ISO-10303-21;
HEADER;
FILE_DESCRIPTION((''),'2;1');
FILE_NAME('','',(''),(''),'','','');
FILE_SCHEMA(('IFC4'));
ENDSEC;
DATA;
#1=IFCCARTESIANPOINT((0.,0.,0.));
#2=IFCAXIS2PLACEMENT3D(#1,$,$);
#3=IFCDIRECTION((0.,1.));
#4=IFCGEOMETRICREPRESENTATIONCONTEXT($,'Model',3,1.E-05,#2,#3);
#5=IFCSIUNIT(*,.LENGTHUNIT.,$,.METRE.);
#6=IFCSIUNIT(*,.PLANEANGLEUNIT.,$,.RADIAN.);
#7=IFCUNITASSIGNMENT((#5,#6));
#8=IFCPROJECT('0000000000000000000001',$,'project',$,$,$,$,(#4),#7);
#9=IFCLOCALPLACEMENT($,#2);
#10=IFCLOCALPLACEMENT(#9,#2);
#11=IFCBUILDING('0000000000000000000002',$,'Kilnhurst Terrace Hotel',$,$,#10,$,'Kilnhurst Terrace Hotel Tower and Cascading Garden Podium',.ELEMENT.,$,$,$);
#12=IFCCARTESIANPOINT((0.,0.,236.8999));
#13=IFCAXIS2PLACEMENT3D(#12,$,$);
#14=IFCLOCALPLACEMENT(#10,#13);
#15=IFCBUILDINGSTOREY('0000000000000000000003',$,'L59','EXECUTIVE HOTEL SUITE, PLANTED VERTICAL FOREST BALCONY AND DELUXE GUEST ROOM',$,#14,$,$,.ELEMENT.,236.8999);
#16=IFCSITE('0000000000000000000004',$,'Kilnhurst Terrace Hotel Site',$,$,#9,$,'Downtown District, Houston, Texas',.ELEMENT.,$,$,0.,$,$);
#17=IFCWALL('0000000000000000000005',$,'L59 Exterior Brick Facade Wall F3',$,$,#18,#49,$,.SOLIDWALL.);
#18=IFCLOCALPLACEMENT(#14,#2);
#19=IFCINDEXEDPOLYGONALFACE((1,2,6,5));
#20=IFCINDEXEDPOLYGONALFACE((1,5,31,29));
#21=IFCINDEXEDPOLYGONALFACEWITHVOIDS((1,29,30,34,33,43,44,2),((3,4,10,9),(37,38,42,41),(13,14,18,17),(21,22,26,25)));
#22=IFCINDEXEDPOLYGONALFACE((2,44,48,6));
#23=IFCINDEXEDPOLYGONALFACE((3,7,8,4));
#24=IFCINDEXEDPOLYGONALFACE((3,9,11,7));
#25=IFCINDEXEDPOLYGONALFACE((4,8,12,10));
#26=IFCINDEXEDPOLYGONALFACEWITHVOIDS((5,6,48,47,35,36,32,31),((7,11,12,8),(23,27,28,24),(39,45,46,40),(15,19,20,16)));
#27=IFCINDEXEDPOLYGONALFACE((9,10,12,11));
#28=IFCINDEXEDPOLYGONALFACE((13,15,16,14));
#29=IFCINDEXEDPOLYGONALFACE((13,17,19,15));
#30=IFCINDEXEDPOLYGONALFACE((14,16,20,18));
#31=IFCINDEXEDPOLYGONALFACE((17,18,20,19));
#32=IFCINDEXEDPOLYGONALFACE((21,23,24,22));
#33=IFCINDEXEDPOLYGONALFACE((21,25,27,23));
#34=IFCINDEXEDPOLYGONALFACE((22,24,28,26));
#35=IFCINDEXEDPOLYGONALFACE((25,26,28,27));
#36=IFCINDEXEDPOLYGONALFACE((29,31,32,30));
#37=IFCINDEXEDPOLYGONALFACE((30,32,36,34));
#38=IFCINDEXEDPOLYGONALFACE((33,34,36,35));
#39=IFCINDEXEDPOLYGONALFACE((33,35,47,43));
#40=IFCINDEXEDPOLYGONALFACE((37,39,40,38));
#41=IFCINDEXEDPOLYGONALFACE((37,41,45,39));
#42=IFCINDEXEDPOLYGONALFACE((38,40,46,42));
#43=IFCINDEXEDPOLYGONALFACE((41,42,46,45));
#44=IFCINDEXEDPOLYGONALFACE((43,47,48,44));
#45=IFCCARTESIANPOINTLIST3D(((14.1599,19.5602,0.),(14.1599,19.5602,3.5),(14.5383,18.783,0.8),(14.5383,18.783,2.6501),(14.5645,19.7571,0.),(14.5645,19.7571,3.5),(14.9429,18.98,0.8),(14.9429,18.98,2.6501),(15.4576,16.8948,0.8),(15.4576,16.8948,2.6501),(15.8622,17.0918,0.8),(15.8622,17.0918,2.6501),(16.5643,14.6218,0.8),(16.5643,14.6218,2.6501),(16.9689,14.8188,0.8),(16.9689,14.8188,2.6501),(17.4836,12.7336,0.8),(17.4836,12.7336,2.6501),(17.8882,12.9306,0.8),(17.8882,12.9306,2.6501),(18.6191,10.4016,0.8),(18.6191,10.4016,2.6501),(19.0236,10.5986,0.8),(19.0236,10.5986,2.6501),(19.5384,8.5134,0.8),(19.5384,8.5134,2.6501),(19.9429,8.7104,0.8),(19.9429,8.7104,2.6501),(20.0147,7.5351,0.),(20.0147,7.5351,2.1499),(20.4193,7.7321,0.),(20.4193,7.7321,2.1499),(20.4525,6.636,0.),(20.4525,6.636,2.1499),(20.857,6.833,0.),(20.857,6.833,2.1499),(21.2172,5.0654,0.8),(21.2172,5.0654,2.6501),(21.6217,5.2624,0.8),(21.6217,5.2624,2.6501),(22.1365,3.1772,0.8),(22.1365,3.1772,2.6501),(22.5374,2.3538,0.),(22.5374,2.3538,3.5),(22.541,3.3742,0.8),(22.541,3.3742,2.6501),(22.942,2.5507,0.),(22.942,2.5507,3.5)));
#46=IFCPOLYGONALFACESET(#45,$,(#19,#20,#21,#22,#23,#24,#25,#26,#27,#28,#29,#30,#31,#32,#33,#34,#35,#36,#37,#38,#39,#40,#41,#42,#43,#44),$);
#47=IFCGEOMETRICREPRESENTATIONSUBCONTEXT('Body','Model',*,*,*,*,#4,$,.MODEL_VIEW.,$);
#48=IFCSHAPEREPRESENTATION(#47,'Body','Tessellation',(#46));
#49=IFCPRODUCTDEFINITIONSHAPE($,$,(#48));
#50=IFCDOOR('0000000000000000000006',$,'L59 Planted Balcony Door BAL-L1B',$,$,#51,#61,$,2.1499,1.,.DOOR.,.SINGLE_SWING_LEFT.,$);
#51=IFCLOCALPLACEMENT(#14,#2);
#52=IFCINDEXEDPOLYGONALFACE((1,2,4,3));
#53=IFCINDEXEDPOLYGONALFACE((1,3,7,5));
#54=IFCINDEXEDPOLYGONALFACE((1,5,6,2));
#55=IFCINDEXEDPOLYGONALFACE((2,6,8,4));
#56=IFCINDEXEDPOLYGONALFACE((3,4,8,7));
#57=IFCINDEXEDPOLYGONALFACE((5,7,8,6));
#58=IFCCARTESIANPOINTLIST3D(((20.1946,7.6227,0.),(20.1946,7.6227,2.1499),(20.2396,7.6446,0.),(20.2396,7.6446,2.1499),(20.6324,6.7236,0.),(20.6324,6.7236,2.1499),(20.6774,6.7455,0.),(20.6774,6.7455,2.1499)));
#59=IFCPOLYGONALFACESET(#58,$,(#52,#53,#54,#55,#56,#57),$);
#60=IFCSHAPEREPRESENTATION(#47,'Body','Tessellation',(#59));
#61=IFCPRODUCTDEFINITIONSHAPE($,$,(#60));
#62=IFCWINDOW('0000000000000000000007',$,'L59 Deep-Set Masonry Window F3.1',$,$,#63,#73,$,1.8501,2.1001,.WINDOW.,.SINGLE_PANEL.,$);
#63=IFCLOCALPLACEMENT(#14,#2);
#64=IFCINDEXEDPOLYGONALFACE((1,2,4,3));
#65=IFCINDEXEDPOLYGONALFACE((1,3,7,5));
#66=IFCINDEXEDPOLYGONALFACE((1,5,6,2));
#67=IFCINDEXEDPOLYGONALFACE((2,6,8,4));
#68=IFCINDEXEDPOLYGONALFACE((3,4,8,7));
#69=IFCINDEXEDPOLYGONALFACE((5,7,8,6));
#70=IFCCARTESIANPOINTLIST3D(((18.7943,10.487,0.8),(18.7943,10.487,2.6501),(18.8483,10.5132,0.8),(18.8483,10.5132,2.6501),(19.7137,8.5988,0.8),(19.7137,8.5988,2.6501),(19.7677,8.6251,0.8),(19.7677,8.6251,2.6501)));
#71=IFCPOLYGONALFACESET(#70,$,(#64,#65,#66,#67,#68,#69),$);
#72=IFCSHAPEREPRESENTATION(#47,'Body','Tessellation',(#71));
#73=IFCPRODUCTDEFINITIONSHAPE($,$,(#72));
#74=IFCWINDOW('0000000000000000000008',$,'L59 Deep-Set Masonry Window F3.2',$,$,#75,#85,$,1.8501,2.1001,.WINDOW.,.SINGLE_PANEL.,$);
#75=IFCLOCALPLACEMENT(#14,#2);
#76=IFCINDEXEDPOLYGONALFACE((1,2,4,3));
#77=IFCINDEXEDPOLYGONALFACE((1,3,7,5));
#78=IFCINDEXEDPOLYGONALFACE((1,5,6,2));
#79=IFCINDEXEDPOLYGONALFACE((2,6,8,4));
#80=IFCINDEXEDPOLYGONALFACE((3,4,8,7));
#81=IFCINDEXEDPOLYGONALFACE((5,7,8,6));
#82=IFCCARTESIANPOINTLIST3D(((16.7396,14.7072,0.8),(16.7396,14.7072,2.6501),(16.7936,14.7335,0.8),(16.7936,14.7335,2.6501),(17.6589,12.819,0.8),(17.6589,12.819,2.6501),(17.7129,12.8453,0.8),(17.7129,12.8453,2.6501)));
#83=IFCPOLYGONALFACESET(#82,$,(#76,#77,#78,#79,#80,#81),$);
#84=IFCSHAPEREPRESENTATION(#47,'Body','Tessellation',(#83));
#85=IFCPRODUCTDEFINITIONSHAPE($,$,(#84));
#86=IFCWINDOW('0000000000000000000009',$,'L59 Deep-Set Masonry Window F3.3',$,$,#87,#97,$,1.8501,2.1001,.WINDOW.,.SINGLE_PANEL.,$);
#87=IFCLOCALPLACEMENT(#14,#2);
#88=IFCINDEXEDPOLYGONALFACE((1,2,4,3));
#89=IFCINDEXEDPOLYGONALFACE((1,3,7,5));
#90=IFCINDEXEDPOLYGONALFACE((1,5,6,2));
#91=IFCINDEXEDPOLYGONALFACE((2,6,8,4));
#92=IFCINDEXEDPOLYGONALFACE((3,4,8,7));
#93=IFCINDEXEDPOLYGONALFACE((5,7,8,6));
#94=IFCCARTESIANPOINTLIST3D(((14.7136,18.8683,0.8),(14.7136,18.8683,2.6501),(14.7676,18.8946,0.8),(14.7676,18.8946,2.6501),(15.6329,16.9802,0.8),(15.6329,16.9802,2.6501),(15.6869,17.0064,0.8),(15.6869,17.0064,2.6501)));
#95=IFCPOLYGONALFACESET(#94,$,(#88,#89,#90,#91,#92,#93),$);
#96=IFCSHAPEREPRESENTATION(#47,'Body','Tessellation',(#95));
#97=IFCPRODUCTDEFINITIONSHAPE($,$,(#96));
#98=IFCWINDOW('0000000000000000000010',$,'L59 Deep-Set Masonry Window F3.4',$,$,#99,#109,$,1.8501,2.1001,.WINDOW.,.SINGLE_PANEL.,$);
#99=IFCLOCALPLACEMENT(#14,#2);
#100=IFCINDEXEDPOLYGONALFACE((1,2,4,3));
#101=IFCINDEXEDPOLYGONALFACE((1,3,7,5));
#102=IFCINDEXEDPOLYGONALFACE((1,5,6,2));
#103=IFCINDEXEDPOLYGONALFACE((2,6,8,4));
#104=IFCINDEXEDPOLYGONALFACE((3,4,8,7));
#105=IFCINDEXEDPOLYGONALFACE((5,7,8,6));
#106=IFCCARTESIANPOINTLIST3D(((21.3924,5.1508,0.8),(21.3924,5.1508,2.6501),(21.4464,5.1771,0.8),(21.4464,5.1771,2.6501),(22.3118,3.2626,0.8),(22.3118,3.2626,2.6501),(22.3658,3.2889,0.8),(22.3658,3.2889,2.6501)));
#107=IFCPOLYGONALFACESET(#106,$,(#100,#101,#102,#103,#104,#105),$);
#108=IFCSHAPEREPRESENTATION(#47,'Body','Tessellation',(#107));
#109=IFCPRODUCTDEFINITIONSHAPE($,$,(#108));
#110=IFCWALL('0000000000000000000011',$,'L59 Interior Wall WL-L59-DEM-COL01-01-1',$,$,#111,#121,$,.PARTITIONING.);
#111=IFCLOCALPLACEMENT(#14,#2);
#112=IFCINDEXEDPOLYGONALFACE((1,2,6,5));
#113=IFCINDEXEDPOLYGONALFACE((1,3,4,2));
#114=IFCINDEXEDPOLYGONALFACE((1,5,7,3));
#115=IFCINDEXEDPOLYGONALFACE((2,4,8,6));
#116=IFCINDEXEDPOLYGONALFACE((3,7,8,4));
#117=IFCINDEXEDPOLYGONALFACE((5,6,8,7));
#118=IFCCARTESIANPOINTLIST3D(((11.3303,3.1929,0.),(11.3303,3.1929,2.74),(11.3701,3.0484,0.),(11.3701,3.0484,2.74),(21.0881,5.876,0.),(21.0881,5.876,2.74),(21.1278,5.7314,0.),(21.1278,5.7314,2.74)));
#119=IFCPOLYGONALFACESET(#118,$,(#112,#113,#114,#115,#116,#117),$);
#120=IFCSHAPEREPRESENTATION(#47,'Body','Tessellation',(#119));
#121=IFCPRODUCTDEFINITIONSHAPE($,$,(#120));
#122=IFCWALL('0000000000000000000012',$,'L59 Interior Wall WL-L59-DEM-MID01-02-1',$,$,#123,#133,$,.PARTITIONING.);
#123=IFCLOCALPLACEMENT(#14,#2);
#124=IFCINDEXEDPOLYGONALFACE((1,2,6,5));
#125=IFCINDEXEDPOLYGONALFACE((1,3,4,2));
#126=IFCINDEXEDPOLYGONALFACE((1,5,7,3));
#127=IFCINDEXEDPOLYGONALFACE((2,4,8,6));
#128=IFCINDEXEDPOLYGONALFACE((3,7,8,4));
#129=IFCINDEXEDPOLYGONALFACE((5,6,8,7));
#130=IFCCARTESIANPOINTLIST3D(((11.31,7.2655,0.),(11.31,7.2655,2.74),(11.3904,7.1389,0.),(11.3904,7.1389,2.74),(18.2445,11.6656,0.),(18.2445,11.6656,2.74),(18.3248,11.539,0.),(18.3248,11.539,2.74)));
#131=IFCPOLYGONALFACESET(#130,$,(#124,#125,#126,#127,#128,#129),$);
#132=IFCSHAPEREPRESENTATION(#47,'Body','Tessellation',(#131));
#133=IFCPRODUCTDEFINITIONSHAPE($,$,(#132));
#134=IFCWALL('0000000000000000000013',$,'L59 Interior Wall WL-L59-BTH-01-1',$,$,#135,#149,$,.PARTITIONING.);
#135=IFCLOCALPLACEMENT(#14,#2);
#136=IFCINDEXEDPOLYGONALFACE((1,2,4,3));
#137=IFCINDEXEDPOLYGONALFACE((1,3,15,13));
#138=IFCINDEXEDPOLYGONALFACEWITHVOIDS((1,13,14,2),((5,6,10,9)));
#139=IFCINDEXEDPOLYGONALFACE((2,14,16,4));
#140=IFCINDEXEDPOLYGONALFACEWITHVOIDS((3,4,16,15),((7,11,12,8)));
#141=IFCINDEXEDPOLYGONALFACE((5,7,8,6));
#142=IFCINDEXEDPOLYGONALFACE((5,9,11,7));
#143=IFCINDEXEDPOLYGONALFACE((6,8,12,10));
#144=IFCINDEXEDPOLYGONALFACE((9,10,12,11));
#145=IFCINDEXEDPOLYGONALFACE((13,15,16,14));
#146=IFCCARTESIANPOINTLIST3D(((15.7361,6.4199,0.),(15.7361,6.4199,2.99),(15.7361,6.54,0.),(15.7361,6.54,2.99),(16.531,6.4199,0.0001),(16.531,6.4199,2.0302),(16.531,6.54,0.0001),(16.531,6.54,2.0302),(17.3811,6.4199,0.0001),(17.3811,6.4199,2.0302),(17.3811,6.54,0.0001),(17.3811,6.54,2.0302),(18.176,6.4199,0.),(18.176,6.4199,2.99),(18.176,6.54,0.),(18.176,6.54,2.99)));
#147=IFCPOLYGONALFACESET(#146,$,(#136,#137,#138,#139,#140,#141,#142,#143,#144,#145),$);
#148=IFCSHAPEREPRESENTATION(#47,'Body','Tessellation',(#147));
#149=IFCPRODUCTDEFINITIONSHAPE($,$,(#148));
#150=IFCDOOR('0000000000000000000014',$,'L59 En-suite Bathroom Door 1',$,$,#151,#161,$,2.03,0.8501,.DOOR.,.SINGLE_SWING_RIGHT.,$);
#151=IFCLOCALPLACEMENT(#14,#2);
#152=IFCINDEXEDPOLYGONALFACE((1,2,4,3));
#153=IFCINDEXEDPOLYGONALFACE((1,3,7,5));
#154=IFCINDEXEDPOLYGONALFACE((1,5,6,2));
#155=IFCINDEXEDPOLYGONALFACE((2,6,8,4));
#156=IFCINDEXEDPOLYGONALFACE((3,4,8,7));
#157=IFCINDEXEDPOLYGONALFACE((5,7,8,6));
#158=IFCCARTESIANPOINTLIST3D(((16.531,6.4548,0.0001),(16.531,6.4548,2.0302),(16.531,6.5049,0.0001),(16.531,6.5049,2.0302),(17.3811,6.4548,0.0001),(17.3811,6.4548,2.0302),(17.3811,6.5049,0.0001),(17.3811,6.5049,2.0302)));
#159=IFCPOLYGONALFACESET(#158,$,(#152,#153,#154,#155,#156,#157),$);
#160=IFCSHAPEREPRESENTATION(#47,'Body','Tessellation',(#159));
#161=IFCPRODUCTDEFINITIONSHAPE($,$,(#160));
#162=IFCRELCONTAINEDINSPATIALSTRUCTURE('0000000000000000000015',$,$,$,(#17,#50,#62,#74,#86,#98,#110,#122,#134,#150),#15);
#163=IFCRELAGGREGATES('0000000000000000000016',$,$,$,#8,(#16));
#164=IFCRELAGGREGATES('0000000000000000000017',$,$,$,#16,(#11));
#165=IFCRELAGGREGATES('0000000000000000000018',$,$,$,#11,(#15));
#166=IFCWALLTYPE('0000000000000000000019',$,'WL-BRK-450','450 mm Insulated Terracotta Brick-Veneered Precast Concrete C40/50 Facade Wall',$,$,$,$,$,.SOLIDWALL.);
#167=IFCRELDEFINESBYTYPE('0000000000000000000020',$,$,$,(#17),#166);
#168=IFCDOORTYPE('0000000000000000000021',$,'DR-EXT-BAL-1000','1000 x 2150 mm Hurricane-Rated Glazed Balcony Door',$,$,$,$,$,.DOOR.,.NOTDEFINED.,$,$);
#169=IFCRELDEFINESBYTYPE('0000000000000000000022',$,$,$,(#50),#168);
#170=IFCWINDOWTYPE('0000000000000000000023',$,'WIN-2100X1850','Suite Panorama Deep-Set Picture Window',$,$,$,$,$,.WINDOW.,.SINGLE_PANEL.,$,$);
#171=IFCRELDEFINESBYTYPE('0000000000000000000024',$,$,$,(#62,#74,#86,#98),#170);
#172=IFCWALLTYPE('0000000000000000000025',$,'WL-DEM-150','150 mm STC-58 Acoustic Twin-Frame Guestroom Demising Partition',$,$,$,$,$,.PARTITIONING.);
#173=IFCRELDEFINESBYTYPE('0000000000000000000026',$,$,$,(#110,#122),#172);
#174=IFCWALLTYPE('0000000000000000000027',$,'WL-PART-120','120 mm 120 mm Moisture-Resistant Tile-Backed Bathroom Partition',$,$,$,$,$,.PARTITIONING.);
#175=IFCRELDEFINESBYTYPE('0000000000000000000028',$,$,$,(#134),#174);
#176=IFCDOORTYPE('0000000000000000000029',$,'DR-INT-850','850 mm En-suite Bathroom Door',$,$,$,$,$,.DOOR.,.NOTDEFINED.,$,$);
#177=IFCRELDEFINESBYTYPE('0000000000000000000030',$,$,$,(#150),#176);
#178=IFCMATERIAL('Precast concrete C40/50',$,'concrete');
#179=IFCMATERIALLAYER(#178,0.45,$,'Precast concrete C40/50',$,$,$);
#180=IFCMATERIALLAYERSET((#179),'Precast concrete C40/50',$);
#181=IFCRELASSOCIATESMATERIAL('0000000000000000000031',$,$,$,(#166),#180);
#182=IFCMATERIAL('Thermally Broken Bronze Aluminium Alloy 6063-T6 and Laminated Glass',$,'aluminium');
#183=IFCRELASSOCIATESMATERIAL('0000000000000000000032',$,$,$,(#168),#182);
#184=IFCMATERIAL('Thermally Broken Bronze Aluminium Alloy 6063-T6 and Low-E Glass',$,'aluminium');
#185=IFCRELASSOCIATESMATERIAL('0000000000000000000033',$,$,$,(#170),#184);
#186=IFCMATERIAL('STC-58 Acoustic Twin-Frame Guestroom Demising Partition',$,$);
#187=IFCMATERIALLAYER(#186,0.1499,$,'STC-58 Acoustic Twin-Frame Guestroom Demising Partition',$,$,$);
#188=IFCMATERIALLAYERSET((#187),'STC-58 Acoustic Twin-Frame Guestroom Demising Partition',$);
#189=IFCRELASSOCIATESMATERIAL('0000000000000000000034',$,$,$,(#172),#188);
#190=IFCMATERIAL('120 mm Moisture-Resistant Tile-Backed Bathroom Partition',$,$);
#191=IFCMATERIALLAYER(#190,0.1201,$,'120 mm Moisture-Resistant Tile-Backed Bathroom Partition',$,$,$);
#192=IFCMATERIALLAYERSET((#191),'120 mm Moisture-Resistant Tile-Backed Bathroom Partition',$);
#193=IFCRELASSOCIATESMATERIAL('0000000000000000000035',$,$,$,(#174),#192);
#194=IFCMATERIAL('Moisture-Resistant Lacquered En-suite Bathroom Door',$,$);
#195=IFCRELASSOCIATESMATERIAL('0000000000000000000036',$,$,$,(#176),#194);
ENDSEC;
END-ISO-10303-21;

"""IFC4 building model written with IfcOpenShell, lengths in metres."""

from ifc_helpers import new_model, si_unit, direction, frame, frame_2d, origin, place, context, subcontext, project, spatial, rectangle, extrude, material, layer, layer_set, type_object, element, fill, save


model = new_model("IFC4")

# Units and contexts
model_context = context("Model", 3, precision=1e-05, world=origin(), true_north=direction((0.0, 1.0)))
body_context = subcontext(model_context, "Body", "Model", "MODEL_VIEW")
ifc_project = project(units=[si_unit("LENGTHUNIT", "METRE"), si_unit("PLANEANGLEUNIT", "RADIAN")], contexts=[model_context])

# Site, building, storey
site_placement = place(None, origin())
site = spatial("IfcSite", under=ifc_project, at=site_placement, Name="Kilnhurst Terrace Hotel Site", LongName="Downtown District, Houston, Texas", CompositionType="ELEMENT", RefElevation=0.0)
building_placement = place(site_placement, origin())
building = spatial("IfcBuilding", under=site, at=building_placement, Name="Kilnhurst Terrace Hotel", LongName="Kilnhurst Terrace Hotel Tower and Cascading Garden Podium", CompositionType="ELEMENT")
storey_placement = place(building_placement, frame((0.0, 0.0, 236.8999)))
storey = spatial("IfcBuildingStorey", under=building, at=storey_placement, Name="L59", Description="EXECUTIVE HOTEL SUITE, PLANTED VERTICAL FOREST BALCONY AND DELUXE GUEST ROOM", CompositionType="ELEMENT", Elevation=236.8999)

# Shared definitions
ifc_material_1 = material(Name="Precast concrete C40/50", Category="concrete")
ifc_layer_1 = layer(ifc_material_1, 0.45, Name="Precast concrete C40/50")
ifc_layer_set_1 = layer_set([ifc_layer_1], Name="Precast concrete C40/50")
wall_type_1 = type_object("IfcWallType", Name="WL-BRK-450", Description="450 mm Insulated Terracotta Brick-Veneered Precast Concrete C40/50 Facade Wall", PredefinedType="SOLIDWALL", material=ifc_layer_set_1)

# Wall, openings, door, windows
wall_1_placement = place(storey_placement, frame((22.7397, 2.4521, 0.0), z_axis=(0.0, 0.0, 1.0), x_axis=(-0.437753, 0.899095, 0.0)))
wall_1 = element("IfcWall", 1, at=wall_1_placement, inside=storey, type_object=wall_type_1, Name="L59 Exterior Brick Facade Wall F3", PredefinedType="SOLIDWALL", context=body_context, shape_type="SweptSolid", body=[
    extrude(rectangle(XDim=19.1375, YDim=0.45, at=frame_2d((9.5688, 0.0))), origin(), (0.0, 0.0, 1.0), 3.5),
])
opening_1_placement = place(wall_1_placement, frame((4.7629, 0.0, 0.0)))
opening_1 = element("IfcOpeningElement", 2, at=opening_1_placement, cuts=wall_1, PredefinedType="OPENING", context=body_context, shape_type="SweptSolid", body=[
    extrude(rectangle(XDim=1.0, YDim=2.1499, at=frame_2d((0.5, 1.075))), frame((0.0, 0.2349, 0.0), z_axis=(0.0, -1.0, 0.0), x_axis=(1.0, 0.0, 0.0)), (0.0, 0.0, 1.0), 0.47),
])
opening_2_placement = place(wall_1_placement, frame((6.8511, 0.0, 0.8)))
opening_2 = element("IfcOpeningElement", 3, at=opening_2_placement, cuts=wall_1, PredefinedType="OPENING", context=body_context, shape_type="SweptSolid", body=[
    extrude(rectangle(XDim=2.1001, YDim=1.8501, at=frame_2d((1.05, 0.925))), frame((0.0, 0.2349, 0.0), z_axis=(0.0, -1.0, 0.0), x_axis=(1.0, 0.0, 0.0)), (0.0, 0.0, 1.0), 0.47),
])
opening_3_placement = place(wall_1_placement, frame((11.5449, 0.0, 0.8)))
opening_3 = element("IfcOpeningElement", 4, at=opening_3_placement, cuts=wall_1, PredefinedType="OPENING", context=body_context, shape_type="SweptSolid", body=[
    extrude(rectangle(XDim=2.1001, YDim=1.8501, at=frame_2d((1.05, 0.925))), frame((0.0, 0.2349, 0.0), z_axis=(0.0, -1.0, 0.0), x_axis=(1.0, 0.0, 0.0)), (0.0, 0.0, 1.0), 0.47),
])
opening_4_placement = place(wall_1_placement, frame((16.1731, 0.0, 0.8)))
opening_4 = element("IfcOpeningElement", 5, at=opening_4_placement, cuts=wall_1, PredefinedType="OPENING", context=body_context, shape_type="SweptSolid", body=[
    extrude(rectangle(XDim=2.1001, YDim=1.8501, at=frame_2d((1.05, 0.925))), frame((0.0, 0.2349, 0.0), z_axis=(0.0, -1.0, 0.0), x_axis=(1.0, 0.0, 0.0)), (0.0, 0.0, 1.0), 0.47),
])
opening_5_placement = place(wall_1_placement, frame((0.916, 0.0, 0.8)))
opening_5 = element("IfcOpeningElement", 6, at=opening_5_placement, cuts=wall_1, PredefinedType="OPENING", context=body_context, shape_type="SweptSolid", body=[
    extrude(rectangle(XDim=2.1001, YDim=1.8501, at=frame_2d((1.05, 0.925))), frame((0.0, 0.2349, 0.0), z_axis=(0.0, -1.0, 0.0), x_axis=(1.0, 0.0, 0.0)), (0.0, 0.0, 1.0), 0.47),
])
ifc_material_2 = material(Name="Thermally Broken Bronze Aluminium Alloy 6063-T6 and Laminated Glass", Category="aluminium")
door_type_1 = type_object("IfcDoorType", Name="DR-EXT-BAL-1000", Description="1000 x 2150 mm Hurricane-Rated Glazed Balcony Door", OperationType="NOTDEFINED", PredefinedType="DOOR", material=ifc_material_2)
door_1_placement = place(opening_1_placement, origin())
door_1 = element("IfcDoor", 7, at=door_1_placement, inside=storey, type_object=door_type_1, Name="L59 Planted Balcony Door BAL-L1B", OperationType="SINGLE_SWING_LEFT", OverallHeight=2.1499, OverallWidth=1.0, PredefinedType="DOOR", context=body_context, shape_type="SweptSolid", body=[
    extrude(rectangle(XDim=1.0, YDim=2.1499, at=frame_2d((0.5, 1.075))), frame((0.0, 0.0249, 0.0), z_axis=(0.0, -1.0, 0.0), x_axis=(1.0, 0.0, 0.0)), (0.0, 0.0, 1.0), 0.05),
])
fill(opening_1, door_1)
ifc_material_3 = material(Name="Thermally Broken Bronze Aluminium Alloy 6063-T6 and Low-E Glass", Category="aluminium")
window_type = type_object("IfcWindowType", Name="WIN-2100X1850", Description="Suite Panorama Deep-Set Picture Window", PartitioningType="SINGLE_PANEL", PredefinedType="WINDOW", material=ifc_material_3)
window_1_placement = place(opening_2_placement, origin())
window_1 = element("IfcWindow", 8, at=window_1_placement, inside=storey, type_object=window_type, Name="L59 Deep-Set Masonry Window F3.1", OverallHeight=1.8501, OverallWidth=2.1001, PartitioningType="SINGLE_PANEL", PredefinedType="WINDOW", context=body_context, shape_type="SweptSolid", body=[
    extrude(rectangle(XDim=2.1001, YDim=1.8501, at=frame_2d((1.05, 0.925))), frame((0.0, 0.03, 0.0), z_axis=(0.0, -1.0, 0.0), x_axis=(1.0, 0.0, 0.0)), (0.0, 0.0, 1.0), 0.0601),
])
fill(opening_2, window_1)
window_2_placement = place(opening_3_placement, origin())
window_2 = element("IfcWindow", 9, at=window_2_placement, inside=storey, type_object=window_type, Name="L59 Deep-Set Masonry Window F3.2", OverallHeight=1.8501, OverallWidth=2.1001, PartitioningType="SINGLE_PANEL", PredefinedType="WINDOW", context=body_context, shape_type="SweptSolid", body=[
    extrude(rectangle(XDim=2.1001, YDim=1.8501, at=frame_2d((1.05, 0.925))), frame((0.0, 0.03, 0.0), z_axis=(0.0, -1.0, 0.0), x_axis=(1.0, 0.0, 0.0)), (0.0, 0.0, 1.0), 0.0601),
])
fill(opening_3, window_2)
window_3_placement = place(opening_4_placement, origin())
window_3 = element("IfcWindow", 10, at=window_3_placement, inside=storey, type_object=window_type, Name="L59 Deep-Set Masonry Window F3.3", OverallHeight=1.8501, OverallWidth=2.1001, PartitioningType="SINGLE_PANEL", PredefinedType="WINDOW", context=body_context, shape_type="SweptSolid", body=[
    extrude(rectangle(XDim=2.1001, YDim=1.8501, at=frame_2d((1.05, 0.925))), frame((0.0, 0.03, 0.0), z_axis=(0.0, -1.0, 0.0), x_axis=(1.0, 0.0, 0.0)), (0.0, 0.0, 1.0), 0.0601),
])
fill(opening_4, window_3)
window_4_placement = place(opening_5_placement, origin())
window_4 = element("IfcWindow", 11, at=window_4_placement, inside=storey, type_object=window_type, Name="L59 Deep-Set Masonry Window F3.4", OverallHeight=1.8501, OverallWidth=2.1001, PartitioningType="SINGLE_PANEL", PredefinedType="WINDOW", context=body_context, shape_type="SweptSolid", body=[
    extrude(rectangle(XDim=2.1001, YDim=1.8501, at=frame_2d((1.05, 0.925))), frame((0.0, 0.03, 0.0), z_axis=(0.0, -1.0, 0.0), x_axis=(1.0, 0.0, 0.0)), (0.0, 0.0, 1.0), 0.0601),
])
fill(opening_5, window_4)

# Walls
ifc_material_4 = material(Name="STC-58 Acoustic Twin-Frame Guestroom Demising Partition")
ifc_layer_2 = layer(ifc_material_4, 0.1499, Name="STC-58 Acoustic Twin-Frame Guestroom Demising Partition")
ifc_layer_set_2 = layer_set([ifc_layer_2], Name="STC-58 Acoustic Twin-Frame Guestroom Demising Partition")
wall_type_2 = type_object("IfcWallType", Name="WL-DEM-150", Description="150 mm STC-58 Acoustic Twin-Frame Guestroom Demising Partition", PredefinedType="PARTITIONING", material=ifc_layer_set_2)
wall_2_placement = place(storey_placement, frame((11.3501, 3.1206, 0.0), z_axis=(0.0, 0.0, 1.0), x_axis=(0.964213, 0.26513, 0.0)))
element("IfcWall", 12, at=wall_2_placement, inside=storey, type_object=wall_type_2, Name="L59 Interior Wall WL-L59-DEM-COL01-01-1", PredefinedType="PARTITIONING", context=body_context, shape_type="SweptSolid", body=[
    extrude(rectangle(XDim=10.1199, YDim=0.1499, at=frame_2d((5.0601, 0.0))), origin(), (0.0, 0.0, 1.0), 2.74),
])
wall_3_placement = place(storey_placement, frame((11.3501, 7.2021, 0.0), z_axis=(0.0, 0.0, 1.0), x_axis=(0.844365, 0.535769, 0.0)))
element("IfcWall", 13, at=wall_3_placement, inside=storey, type_object=wall_type_2, Name="L59 Interior Wall WL-L59-DEM-MID01-02-1", PredefinedType="PARTITIONING", context=body_context, shape_type="SweptSolid", body=[
    extrude(rectangle(XDim=8.2126, YDim=0.1499, at=frame_2d((4.1064, 0.0))), origin(), (0.0, 0.0, 1.0), 2.74),
])

# Wall, opening, door
ifc_material_5 = material(Name="120 mm Moisture-Resistant Tile-Backed Bathroom Partition")
ifc_layer_3 = layer(ifc_material_5, 0.1201, Name="120 mm Moisture-Resistant Tile-Backed Bathroom Partition")
ifc_layer_set_3 = layer_set([ifc_layer_3], Name="120 mm Moisture-Resistant Tile-Backed Bathroom Partition")
wall_type_3 = type_object("IfcWallType", Name="WL-PART-120", Description="120 mm 120 mm Moisture-Resistant Tile-Backed Bathroom Partition", PredefinedType="PARTITIONING", material=ifc_layer_set_3)
wall_4_placement = place(storey_placement, frame((15.7361, 6.48, 0.0), z_axis=(0.0, 0.0, 1.0), x_axis=(1.0, 0.0, 0.0)))
wall_4 = element("IfcWall", 14, at=wall_4_placement, inside=storey, type_object=wall_type_3, Name="L59 Interior Wall WL-L59-BTH-01-1", PredefinedType="PARTITIONING", context=body_context, shape_type="SweptSolid", body=[
    extrude(rectangle(XDim=2.4399, YDim=0.1201, at=frame_2d((1.22, 0.0))), origin(), (0.0, 0.0, 1.0), 2.99),
])
opening_6_placement = place(wall_4_placement, frame((0.7949, 0.0, 0.0)))
opening_6 = element("IfcOpeningElement", 15, at=opening_6_placement, cuts=wall_4, PredefinedType="OPENING", context=body_context, shape_type="SweptSolid", body=[
    extrude(rectangle(XDim=0.8501, YDim=2.03, at=frame_2d((0.425, 1.0151))), frame((0.0, 0.0701, 0.0), z_axis=(0.0, -1.0, 0.0), x_axis=(1.0, 0.0, 0.0)), (0.0, 0.0, 1.0), 0.1401),
])
ifc_material_6 = material(Name="Moisture-Resistant Lacquered En-suite Bathroom Door")
door_type_2 = type_object("IfcDoorType", Name="DR-INT-850", Description="850 mm En-suite Bathroom Door", OperationType="NOTDEFINED", PredefinedType="DOOR", material=ifc_material_6)
door_2_placement = place(opening_6_placement, origin())
door_2 = element("IfcDoor", 16, at=door_2_placement, inside=storey, type_object=door_type_2, Name="L59 En-suite Bathroom Door 1", OperationType="SINGLE_SWING_RIGHT", OverallHeight=2.03, OverallWidth=0.8501, PredefinedType="DOOR", context=body_context, shape_type="SweptSolid", body=[
    extrude(rectangle(XDim=0.8501, YDim=2.03, at=frame_2d((0.425, 1.0151))), frame((0.0, 0.0249, 0.0), z_axis=(0.0, -1.0, 0.0), x_axis=(1.0, 0.0, 0.0)), (0.0, 0.0, 1.0), 0.05),
])
fill(opening_6, door_2)

save(model, "model.ifc")
